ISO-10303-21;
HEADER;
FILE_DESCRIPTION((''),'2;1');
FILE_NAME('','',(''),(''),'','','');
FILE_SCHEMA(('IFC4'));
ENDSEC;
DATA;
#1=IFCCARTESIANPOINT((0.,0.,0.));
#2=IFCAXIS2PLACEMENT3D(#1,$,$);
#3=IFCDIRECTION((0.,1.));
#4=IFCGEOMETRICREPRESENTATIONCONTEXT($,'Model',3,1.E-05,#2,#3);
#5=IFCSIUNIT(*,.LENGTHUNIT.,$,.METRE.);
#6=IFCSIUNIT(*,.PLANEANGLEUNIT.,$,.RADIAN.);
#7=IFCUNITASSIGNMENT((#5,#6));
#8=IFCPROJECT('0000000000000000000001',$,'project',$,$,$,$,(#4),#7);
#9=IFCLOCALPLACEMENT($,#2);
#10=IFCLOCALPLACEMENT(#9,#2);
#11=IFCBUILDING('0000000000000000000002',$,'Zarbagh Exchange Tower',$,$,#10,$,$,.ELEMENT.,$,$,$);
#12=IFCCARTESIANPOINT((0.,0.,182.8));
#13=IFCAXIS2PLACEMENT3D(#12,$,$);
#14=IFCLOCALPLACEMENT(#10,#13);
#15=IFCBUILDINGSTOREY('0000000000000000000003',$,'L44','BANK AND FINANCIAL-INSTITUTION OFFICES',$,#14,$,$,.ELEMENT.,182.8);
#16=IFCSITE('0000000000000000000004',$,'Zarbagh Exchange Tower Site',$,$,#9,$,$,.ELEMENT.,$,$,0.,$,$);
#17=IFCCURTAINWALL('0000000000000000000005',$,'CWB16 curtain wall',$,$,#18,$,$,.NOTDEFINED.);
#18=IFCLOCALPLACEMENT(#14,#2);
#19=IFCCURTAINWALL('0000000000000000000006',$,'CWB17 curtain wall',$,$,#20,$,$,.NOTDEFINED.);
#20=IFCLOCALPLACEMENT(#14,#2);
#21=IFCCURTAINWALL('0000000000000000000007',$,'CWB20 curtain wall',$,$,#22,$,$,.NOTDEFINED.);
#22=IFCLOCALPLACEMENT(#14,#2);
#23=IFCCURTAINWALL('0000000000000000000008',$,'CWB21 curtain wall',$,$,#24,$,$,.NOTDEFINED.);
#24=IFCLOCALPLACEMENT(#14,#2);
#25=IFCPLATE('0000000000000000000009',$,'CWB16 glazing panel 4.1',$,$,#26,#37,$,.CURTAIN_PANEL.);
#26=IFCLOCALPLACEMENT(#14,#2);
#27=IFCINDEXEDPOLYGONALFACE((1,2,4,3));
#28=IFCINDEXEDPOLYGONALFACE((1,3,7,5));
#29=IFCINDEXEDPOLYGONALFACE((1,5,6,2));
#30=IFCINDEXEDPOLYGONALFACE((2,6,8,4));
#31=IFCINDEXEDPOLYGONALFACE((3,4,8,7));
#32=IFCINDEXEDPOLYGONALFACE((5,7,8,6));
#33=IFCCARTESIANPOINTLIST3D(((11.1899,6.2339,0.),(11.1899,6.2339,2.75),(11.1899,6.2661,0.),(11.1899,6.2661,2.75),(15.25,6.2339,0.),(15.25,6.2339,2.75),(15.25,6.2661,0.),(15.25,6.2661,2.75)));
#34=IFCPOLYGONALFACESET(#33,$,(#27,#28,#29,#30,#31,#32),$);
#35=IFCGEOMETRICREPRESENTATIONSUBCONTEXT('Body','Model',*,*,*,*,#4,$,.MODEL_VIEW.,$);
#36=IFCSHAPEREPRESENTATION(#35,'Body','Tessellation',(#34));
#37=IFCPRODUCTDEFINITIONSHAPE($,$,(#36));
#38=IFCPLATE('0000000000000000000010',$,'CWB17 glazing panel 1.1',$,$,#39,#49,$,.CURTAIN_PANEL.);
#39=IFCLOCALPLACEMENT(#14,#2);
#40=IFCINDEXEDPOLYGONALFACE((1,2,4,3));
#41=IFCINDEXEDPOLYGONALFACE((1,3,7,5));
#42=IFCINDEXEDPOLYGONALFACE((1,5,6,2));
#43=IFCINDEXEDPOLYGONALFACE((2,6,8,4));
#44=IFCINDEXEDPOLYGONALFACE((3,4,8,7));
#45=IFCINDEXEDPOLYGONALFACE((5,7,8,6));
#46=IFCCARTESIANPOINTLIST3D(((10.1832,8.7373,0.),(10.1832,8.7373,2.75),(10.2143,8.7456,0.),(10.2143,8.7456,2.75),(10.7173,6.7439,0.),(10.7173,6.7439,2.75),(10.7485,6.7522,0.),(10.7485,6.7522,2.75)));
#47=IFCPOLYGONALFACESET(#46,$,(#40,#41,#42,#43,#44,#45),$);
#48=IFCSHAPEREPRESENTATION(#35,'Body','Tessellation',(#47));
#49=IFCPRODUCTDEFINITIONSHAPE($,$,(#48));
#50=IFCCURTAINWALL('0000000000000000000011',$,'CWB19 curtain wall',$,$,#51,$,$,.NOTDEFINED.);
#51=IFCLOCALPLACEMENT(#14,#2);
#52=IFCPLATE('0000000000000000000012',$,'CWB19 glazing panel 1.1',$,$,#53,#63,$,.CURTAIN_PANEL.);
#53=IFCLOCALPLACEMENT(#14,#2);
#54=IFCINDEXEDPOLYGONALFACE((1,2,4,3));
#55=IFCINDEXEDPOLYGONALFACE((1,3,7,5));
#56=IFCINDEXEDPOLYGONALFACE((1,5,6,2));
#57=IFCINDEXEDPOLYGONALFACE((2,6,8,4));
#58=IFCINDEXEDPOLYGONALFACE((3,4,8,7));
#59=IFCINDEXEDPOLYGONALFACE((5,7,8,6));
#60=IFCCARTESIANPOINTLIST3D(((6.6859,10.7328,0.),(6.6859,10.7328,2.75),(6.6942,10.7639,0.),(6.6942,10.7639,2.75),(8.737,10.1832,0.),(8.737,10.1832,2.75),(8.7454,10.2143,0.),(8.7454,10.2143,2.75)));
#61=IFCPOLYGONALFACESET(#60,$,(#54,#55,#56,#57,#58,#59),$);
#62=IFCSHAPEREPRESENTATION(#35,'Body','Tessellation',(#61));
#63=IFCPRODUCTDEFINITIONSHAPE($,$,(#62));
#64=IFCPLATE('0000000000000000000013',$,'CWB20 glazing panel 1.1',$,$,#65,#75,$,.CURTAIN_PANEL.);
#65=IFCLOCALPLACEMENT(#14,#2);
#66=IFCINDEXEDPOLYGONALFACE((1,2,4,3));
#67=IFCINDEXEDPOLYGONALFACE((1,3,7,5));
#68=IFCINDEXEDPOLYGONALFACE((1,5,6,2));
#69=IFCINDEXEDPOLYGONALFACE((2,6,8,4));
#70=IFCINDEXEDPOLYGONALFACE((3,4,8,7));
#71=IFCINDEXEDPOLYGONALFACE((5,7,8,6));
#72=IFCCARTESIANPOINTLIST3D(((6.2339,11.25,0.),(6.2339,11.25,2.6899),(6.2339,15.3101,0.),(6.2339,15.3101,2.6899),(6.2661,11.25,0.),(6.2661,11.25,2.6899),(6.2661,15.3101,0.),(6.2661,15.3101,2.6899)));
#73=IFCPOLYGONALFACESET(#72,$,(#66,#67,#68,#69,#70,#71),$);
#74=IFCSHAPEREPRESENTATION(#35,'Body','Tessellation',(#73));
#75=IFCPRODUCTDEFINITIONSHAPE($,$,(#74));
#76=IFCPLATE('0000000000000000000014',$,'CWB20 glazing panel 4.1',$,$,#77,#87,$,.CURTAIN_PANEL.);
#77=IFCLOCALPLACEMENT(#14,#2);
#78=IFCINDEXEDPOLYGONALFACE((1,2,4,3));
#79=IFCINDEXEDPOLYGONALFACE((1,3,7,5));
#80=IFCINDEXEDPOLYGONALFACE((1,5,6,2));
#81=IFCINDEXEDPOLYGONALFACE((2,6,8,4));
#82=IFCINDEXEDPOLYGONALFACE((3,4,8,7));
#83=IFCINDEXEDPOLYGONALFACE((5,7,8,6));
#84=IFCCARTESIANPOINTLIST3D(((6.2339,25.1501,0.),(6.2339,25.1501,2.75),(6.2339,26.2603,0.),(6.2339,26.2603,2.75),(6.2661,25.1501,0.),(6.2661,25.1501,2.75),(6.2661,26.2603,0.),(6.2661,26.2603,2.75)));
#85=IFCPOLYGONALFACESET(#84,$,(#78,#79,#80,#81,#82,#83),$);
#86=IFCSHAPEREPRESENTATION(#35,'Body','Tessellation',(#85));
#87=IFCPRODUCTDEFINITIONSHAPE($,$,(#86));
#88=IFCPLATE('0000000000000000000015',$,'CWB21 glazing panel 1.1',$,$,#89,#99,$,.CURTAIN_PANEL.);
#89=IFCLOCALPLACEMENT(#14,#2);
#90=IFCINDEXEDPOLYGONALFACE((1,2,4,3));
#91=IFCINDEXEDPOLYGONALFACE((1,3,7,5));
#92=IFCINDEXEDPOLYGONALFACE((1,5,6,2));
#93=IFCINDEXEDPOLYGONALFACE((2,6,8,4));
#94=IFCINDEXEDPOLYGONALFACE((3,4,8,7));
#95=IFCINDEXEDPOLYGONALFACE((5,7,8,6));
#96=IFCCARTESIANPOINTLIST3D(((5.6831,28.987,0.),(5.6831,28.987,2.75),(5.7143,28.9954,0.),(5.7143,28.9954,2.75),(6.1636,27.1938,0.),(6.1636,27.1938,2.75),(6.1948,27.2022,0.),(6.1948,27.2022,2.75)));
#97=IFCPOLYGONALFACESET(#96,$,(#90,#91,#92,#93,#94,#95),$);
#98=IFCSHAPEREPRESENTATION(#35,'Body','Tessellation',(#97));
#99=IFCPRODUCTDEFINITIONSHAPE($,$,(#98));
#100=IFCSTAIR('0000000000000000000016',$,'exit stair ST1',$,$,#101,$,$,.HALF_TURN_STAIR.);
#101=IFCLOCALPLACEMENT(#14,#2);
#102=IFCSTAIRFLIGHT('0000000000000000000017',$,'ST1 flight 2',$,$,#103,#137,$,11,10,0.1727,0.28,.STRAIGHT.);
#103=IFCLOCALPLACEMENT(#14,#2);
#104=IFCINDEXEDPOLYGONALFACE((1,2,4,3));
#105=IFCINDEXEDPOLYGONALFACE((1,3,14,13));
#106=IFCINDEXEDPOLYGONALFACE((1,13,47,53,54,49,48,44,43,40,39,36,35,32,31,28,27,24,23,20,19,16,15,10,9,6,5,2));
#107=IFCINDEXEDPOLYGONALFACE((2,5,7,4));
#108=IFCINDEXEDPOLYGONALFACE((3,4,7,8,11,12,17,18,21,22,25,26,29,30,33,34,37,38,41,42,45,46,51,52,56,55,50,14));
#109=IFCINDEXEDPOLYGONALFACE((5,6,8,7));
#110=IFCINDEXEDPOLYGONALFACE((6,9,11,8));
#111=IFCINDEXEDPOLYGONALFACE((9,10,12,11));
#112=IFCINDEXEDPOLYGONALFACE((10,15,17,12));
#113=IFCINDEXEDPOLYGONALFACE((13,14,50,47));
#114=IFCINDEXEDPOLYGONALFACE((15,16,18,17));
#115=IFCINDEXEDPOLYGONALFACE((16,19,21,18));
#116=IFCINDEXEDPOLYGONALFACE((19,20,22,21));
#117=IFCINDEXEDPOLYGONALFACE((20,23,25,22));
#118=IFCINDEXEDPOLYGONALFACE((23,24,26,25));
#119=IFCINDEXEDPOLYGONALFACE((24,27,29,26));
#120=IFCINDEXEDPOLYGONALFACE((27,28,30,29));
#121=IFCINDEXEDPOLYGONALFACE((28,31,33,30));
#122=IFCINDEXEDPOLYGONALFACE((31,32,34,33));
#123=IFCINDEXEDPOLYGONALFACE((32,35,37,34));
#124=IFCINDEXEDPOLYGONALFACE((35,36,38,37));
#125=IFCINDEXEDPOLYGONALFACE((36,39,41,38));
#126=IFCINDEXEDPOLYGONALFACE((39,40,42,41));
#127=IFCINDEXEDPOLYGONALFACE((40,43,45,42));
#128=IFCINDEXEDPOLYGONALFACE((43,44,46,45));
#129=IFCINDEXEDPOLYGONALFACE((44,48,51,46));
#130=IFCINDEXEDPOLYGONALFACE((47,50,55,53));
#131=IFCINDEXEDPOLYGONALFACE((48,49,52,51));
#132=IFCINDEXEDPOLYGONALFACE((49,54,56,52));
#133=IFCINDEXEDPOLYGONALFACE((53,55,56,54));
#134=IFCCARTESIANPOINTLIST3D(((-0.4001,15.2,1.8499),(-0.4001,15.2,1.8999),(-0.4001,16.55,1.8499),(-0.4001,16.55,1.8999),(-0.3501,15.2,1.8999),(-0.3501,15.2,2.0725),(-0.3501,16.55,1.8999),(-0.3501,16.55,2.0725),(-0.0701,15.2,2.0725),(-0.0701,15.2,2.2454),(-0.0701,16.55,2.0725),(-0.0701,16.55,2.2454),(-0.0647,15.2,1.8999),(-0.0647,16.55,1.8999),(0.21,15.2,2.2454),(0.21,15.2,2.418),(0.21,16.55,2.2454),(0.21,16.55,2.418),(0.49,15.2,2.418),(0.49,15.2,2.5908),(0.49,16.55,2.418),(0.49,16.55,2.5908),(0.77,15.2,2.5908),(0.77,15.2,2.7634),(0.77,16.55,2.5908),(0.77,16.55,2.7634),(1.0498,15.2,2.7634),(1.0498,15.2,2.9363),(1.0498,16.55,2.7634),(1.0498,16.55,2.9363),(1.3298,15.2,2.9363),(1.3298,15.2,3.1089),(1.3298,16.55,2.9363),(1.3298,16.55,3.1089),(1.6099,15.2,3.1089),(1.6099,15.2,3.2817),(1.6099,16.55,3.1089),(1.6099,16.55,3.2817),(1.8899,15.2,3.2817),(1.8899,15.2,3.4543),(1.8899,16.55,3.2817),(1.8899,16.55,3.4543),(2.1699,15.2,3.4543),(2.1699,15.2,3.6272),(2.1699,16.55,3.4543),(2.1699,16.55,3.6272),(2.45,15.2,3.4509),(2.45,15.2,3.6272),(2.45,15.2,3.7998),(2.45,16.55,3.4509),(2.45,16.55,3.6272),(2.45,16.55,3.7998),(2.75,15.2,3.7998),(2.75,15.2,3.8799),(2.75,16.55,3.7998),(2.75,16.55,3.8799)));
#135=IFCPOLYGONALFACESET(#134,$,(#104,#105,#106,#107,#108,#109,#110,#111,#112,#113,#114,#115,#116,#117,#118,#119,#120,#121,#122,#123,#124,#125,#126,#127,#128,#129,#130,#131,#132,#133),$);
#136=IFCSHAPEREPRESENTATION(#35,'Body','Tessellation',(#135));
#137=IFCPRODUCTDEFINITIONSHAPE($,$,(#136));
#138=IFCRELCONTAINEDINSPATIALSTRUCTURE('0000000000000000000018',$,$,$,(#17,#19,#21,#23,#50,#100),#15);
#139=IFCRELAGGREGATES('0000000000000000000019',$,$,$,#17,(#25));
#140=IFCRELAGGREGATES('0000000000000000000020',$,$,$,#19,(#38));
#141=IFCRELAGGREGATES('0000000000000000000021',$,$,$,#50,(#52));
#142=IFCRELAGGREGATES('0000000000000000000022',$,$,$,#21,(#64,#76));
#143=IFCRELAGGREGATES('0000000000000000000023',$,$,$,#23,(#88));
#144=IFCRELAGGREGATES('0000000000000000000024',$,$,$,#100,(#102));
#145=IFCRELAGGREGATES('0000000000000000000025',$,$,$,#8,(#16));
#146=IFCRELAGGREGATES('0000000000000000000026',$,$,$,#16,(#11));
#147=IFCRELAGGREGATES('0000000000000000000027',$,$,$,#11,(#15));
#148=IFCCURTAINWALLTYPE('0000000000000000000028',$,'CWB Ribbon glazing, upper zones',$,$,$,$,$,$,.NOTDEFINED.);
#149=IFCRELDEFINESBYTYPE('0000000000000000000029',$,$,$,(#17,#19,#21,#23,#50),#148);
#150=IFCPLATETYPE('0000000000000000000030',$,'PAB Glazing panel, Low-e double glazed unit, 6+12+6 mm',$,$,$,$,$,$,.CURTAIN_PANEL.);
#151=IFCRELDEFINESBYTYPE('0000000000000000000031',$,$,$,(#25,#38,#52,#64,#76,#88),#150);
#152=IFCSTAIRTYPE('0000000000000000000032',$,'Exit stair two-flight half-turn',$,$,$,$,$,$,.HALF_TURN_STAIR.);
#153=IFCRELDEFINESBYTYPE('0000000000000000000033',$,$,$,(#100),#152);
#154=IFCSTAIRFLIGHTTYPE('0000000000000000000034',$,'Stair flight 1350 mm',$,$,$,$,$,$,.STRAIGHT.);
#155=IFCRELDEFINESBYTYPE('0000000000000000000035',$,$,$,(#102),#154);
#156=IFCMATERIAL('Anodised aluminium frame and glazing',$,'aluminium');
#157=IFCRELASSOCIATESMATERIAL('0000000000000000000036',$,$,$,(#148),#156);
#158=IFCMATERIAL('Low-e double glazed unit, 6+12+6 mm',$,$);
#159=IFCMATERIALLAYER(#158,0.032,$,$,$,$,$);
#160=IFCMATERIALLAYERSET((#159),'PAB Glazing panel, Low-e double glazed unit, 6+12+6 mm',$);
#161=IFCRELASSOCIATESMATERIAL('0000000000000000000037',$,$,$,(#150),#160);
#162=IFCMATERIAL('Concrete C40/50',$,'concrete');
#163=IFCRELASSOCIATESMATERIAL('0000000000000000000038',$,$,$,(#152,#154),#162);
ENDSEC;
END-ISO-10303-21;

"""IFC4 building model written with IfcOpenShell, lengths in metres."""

from ifc_helpers import new_model, si_unit, direction, frame, origin, place, context, subcontext, project, spatial, polyline, outline, extrude, source, transform, mapped, material, layer, layer_set, type_object, element, aggregate, save


model = new_model("IFC4")

# Units and contexts
model_context = context("Model", 3, precision=1e-05, world=origin(), true_north=direction((0.0, 1.0)))
body_context = subcontext(model_context, "Body", "Model", "MODEL_VIEW")
ifc_project = project(units=[si_unit("LENGTHUNIT", "METRE"), si_unit("PLANEANGLEUNIT", "RADIAN")], contexts=[model_context])

# Site, building, storey
site_placement = place(None, origin())
site = spatial("IfcSite", under=ifc_project, at=site_placement, Name="Zarbagh Exchange Tower Site", CompositionType="ELEMENT", RefElevation=0.0)
building_placement = place(site_placement, origin())
building = spatial("IfcBuilding", under=site, at=building_placement, Name="Zarbagh Exchange Tower", CompositionType="ELEMENT")
storey_placement = place(building_placement, frame((0.0, 0.0, 182.8)))
storey = spatial("IfcBuildingStorey", under=building, at=storey_placement, Name="L44", Description="BANK AND FINANCIAL-INSTITUTION OFFICES", CompositionType="ELEMENT", Elevation=182.8)

# Curtain wall
ifc_material_1 = material(Name="Anodised aluminium frame and glazing", Category="aluminium")
curtain_wall_type = type_object("IfcCurtainWallType", Name="CWB Ribbon glazing, upper zones", PredefinedType="NOTDEFINED", material=ifc_material_1)
curtain_wall_1_placement = place(storey_placement, origin())
curtain_wall_1 = element("IfcCurtainWall", 1, at=curtain_wall_1_placement, inside=storey, type_object=curtain_wall_type, Name="CWB16 curtain wall", PredefinedType="NOTDEFINED")
placement = place(storey_placement, origin())

# Curtain wall
curtain_wall_2_placement = place(storey_placement, origin())
curtain_wall_2 = element("IfcCurtainWall", 2, at=curtain_wall_2_placement, inside=storey, type_object=curtain_wall_type, Name="CWB17 curtain wall", PredefinedType="NOTDEFINED")

# Curtain wall
curtain_wall_3_placement = place(storey_placement, origin())
curtain_wall_3 = element("IfcCurtainWall", 3, at=curtain_wall_3_placement, inside=storey, type_object=curtain_wall_type, Name="CWB20 curtain wall", PredefinedType="NOTDEFINED")

# Curtain wall
curtain_wall_4_placement = place(storey_placement, origin())
curtain_wall_4 = element("IfcCurtainWall", 4, at=curtain_wall_4_placement, inside=storey, type_object=curtain_wall_type, Name="CWB21 curtain wall", PredefinedType="NOTDEFINED")

# Shared definitions
ifc_material_2 = material(Name="Low-e double glazed unit, 6+12+6 mm")
ifc_layer = layer(ifc_material_2, 0.032)
ifc_layer_set = layer_set([ifc_layer], Name="PAB Glazing panel, Low-e double glazed unit, 6+12+6 mm")
plate_type = type_object("IfcPlateType", Name="PAB Glazing panel, Low-e double glazed unit, 6+12+6 mm", PredefinedType="CURTAIN_PANEL", material=ifc_layer_set)

# Plates
shared_shape_1 = source(origin(), body_context, "Body", "SweptSolid", [
    extrude(outline(polyline([(0.0, -0.0161), (4.0601, -0.0161), (4.0601, 0.0161), (0.0, 0.0161), (0.0, -0.0161)])), origin(), (0.0, 0.0, 1.0), 2.75),
])
plate_1 = element("IfcPlate", 5, at=placement, type_object=plate_type, Name="CWB16 glazing panel 4.1", PredefinedType="CURTAIN_PANEL", context=body_context, shape_type="MappedRepresentation", body=[
    mapped(shared_shape_1, transform((15.25, 6.25, 0.0), x_axis=(-1.0, 0.0, 0.0), y_axis=(0.0, -1.0, 0.0), z_axis=(0.0, 0.0, 1.0))),
])
aggregate(curtain_wall_1, [plate_1])
shared_shape_2 = source(origin(), body_context, "Body", "SweptSolid", [
    extrude(outline(polyline([(0.0, -0.0161), (2.0637, -0.0161), (2.0637, 0.0161), (0.0, 0.0161), (0.0, -0.0161)])), origin(), (0.0, 0.0, 1.0), 2.75),
])
plate_2 = element("IfcPlate", 6, at=placement, type_object=plate_type, Name="CWB17 glazing panel 1.1", PredefinedType="CURTAIN_PANEL", context=body_context, shape_type="MappedRepresentation", body=[
    mapped(shared_shape_2, transform((10.7329, 6.748, 0.0), x_axis=(-0.258825, 0.965924, 0.0), y_axis=(-0.965924, -0.258825, 0.0), z_axis=(0.0, 0.0, 1.0))),
])
aggregate(curtain_wall_2, [plate_2])

# Curtain wall, plate
curtain_wall_5_placement = place(storey_placement, origin())
curtain_wall_5 = element("IfcCurtainWall", 7, at=curtain_wall_5_placement, inside=storey, type_object=curtain_wall_type, Name="CWB19 curtain wall", PredefinedType="NOTDEFINED")
shared_shape_3 = source(origin(), body_context, "Body", "SweptSolid", [
    extrude(outline(polyline([(0.0, -0.0161), (2.1235, -0.0161), (2.1235, 0.0161), (0.0, 0.0161), (0.0, -0.0161)])), origin(), (0.0, 0.0, 1.0), 2.75),
])
plate_3 = element("IfcPlate", 8, at=placement, type_object=plate_type, Name="CWB19 glazing panel 1.1", PredefinedType="CURTAIN_PANEL", context=body_context, shape_type="MappedRepresentation", body=[
    mapped(shared_shape_3, transform((8.7412, 10.1987, 0.0), x_axis=(-0.965924, 0.258825, 0.0), y_axis=(-0.258825, -0.965924, 0.0), z_axis=(0.0, 0.0, 1.0))),
])
aggregate(curtain_wall_5, [plate_3])

# Plates
shared_shape_4 = source(origin(), body_context, "Body", "SweptSolid", [
    extrude(outline(polyline([(0.0, -0.0161), (4.0601, -0.0161), (4.0601, 0.0161), (0.0, 0.0161), (0.0, -0.0161)])), origin(), (0.0, 0.0, 1.0), 2.6899),
])
plate_4 = element("IfcPlate", 9, at=placement, type_object=plate_type, Name="CWB20 glazing panel 1.1", PredefinedType="CURTAIN_PANEL", context=body_context, shape_type="MappedRepresentation", body=[
    mapped(shared_shape_4, transform((6.25, 11.25, 0.0), x_axis=(0.0, 1.0, 0.0), y_axis=(-1.0, 0.0, 0.0), z_axis=(0.0, 0.0, 1.0))),
])
shared_shape_5 = source(origin(), body_context, "Body", "SweptSolid", [
    extrude(outline(polyline([(0.0, -0.0161), (1.1101, -0.0161), (1.1101, 0.0161), (0.0, 0.0161), (0.0, -0.0161)])), origin(), (0.0, 0.0, 1.0), 2.75),
])
plate_5 = element("IfcPlate", 10, at=placement, type_object=plate_type, Name="CWB20 glazing panel 4.1", PredefinedType="CURTAIN_PANEL", context=body_context, shape_type="MappedRepresentation", body=[
    mapped(shared_shape_5, transform((6.25, 25.1501, 0.0), x_axis=(0.0, 1.0, 0.0), y_axis=(-1.0, 0.0, 0.0), z_axis=(0.0, 0.0, 1.0))),
])
aggregate(curtain_wall_3, [plate_4, plate_5])
shared_shape_6 = source(origin(), body_context, "Body", "SweptSolid", [
    extrude(outline(polyline([(0.0, -0.0161), (1.8564, -0.0161), (1.8564, 0.0161), (0.0, 0.0161), (0.0, -0.0161)])), origin(), (0.0, 0.0, 1.0), 2.75),
])
plate_6 = element("IfcPlate", 11, at=placement, type_object=plate_type, Name="CWB21 glazing panel 1.1", PredefinedType="CURTAIN_PANEL", context=body_context, shape_type="MappedRepresentation", body=[
    mapped(shared_shape_6, transform((6.1792, 27.198, 0.0), x_axis=(-0.258825, 0.965924, 0.0), y_axis=(-0.965924, -0.258825, 0.0), z_axis=(0.0, 0.0, 1.0))),
])
aggregate(curtain_wall_4, [plate_6])

# Stair, stair flight
ifc_material_3 = material(Name="Concrete C40/50", Category="concrete")
stair_type = type_object("IfcStairType", Name="Exit stair two-flight half-turn", PredefinedType="HALF_TURN_STAIR", material=ifc_material_3)
stair_placement = place(storey_placement, origin())
stair = element("IfcStair", 12, at=stair_placement, inside=storey, type_object=stair_type, Name="exit stair ST1", PredefinedType="HALF_TURN_STAIR")
stair_flight_type = type_object("IfcStairFlightType", Name="Stair flight 1350 mm", PredefinedType="STRAIGHT", material=ifc_material_3)
stair_flight_placement = place(storey_placement, frame((-0.3501, 15.875, 1.8999), z_axis=(0.0, 0.0, 1.0), x_axis=(1.0, 0.0, 0.0)))
stair_flight = element("IfcStairFlight", 13, at=stair_flight_placement, type_object=stair_flight_type, Name="ST1 flight 2", NumberOfRisers=11, NumberOfTreads=10, PredefinedType="STRAIGHT", RiserHeight=0.1727, TreadLength=0.28, context=body_context, shape_type="SweptSolid", body=[
    extrude(outline(polyline([(-0.05, -0.05), (-0.05, 0.0), (0.0, 0.0), (0.0, 0.1726), (0.28, 0.1726), (0.28, 0.3455), (0.5601, 0.3455), (0.5601, 0.5181), (0.8401, 0.5181), (0.8401, 0.6909), (1.1201, 0.6909), (1.1201, 0.8635), (1.3999, 0.8635), (1.3999, 1.0364), (1.6799, 1.0364), (1.6799, 1.209), (1.96, 1.209), (1.96, 1.3818), (2.24, 1.3818), (2.24, 1.5544), (2.52, 1.5544), (2.52, 1.7273), (2.8, 1.7273), (2.8, 1.8999), (3.1001, 1.98), (3.1001, 1.8999), (2.8, 1.551), (0.2854, 0.0), (-0.05, -0.05)])), frame((0.0, 0.675, 0.0), z_axis=(0.0, -1.0, 0.0), x_axis=(1.0, 0.0, 0.0)), (0.0, 0.0, 1.0), 1.3501),
])
aggregate(stair, [stair_flight])

save(model, "model.ifc")
